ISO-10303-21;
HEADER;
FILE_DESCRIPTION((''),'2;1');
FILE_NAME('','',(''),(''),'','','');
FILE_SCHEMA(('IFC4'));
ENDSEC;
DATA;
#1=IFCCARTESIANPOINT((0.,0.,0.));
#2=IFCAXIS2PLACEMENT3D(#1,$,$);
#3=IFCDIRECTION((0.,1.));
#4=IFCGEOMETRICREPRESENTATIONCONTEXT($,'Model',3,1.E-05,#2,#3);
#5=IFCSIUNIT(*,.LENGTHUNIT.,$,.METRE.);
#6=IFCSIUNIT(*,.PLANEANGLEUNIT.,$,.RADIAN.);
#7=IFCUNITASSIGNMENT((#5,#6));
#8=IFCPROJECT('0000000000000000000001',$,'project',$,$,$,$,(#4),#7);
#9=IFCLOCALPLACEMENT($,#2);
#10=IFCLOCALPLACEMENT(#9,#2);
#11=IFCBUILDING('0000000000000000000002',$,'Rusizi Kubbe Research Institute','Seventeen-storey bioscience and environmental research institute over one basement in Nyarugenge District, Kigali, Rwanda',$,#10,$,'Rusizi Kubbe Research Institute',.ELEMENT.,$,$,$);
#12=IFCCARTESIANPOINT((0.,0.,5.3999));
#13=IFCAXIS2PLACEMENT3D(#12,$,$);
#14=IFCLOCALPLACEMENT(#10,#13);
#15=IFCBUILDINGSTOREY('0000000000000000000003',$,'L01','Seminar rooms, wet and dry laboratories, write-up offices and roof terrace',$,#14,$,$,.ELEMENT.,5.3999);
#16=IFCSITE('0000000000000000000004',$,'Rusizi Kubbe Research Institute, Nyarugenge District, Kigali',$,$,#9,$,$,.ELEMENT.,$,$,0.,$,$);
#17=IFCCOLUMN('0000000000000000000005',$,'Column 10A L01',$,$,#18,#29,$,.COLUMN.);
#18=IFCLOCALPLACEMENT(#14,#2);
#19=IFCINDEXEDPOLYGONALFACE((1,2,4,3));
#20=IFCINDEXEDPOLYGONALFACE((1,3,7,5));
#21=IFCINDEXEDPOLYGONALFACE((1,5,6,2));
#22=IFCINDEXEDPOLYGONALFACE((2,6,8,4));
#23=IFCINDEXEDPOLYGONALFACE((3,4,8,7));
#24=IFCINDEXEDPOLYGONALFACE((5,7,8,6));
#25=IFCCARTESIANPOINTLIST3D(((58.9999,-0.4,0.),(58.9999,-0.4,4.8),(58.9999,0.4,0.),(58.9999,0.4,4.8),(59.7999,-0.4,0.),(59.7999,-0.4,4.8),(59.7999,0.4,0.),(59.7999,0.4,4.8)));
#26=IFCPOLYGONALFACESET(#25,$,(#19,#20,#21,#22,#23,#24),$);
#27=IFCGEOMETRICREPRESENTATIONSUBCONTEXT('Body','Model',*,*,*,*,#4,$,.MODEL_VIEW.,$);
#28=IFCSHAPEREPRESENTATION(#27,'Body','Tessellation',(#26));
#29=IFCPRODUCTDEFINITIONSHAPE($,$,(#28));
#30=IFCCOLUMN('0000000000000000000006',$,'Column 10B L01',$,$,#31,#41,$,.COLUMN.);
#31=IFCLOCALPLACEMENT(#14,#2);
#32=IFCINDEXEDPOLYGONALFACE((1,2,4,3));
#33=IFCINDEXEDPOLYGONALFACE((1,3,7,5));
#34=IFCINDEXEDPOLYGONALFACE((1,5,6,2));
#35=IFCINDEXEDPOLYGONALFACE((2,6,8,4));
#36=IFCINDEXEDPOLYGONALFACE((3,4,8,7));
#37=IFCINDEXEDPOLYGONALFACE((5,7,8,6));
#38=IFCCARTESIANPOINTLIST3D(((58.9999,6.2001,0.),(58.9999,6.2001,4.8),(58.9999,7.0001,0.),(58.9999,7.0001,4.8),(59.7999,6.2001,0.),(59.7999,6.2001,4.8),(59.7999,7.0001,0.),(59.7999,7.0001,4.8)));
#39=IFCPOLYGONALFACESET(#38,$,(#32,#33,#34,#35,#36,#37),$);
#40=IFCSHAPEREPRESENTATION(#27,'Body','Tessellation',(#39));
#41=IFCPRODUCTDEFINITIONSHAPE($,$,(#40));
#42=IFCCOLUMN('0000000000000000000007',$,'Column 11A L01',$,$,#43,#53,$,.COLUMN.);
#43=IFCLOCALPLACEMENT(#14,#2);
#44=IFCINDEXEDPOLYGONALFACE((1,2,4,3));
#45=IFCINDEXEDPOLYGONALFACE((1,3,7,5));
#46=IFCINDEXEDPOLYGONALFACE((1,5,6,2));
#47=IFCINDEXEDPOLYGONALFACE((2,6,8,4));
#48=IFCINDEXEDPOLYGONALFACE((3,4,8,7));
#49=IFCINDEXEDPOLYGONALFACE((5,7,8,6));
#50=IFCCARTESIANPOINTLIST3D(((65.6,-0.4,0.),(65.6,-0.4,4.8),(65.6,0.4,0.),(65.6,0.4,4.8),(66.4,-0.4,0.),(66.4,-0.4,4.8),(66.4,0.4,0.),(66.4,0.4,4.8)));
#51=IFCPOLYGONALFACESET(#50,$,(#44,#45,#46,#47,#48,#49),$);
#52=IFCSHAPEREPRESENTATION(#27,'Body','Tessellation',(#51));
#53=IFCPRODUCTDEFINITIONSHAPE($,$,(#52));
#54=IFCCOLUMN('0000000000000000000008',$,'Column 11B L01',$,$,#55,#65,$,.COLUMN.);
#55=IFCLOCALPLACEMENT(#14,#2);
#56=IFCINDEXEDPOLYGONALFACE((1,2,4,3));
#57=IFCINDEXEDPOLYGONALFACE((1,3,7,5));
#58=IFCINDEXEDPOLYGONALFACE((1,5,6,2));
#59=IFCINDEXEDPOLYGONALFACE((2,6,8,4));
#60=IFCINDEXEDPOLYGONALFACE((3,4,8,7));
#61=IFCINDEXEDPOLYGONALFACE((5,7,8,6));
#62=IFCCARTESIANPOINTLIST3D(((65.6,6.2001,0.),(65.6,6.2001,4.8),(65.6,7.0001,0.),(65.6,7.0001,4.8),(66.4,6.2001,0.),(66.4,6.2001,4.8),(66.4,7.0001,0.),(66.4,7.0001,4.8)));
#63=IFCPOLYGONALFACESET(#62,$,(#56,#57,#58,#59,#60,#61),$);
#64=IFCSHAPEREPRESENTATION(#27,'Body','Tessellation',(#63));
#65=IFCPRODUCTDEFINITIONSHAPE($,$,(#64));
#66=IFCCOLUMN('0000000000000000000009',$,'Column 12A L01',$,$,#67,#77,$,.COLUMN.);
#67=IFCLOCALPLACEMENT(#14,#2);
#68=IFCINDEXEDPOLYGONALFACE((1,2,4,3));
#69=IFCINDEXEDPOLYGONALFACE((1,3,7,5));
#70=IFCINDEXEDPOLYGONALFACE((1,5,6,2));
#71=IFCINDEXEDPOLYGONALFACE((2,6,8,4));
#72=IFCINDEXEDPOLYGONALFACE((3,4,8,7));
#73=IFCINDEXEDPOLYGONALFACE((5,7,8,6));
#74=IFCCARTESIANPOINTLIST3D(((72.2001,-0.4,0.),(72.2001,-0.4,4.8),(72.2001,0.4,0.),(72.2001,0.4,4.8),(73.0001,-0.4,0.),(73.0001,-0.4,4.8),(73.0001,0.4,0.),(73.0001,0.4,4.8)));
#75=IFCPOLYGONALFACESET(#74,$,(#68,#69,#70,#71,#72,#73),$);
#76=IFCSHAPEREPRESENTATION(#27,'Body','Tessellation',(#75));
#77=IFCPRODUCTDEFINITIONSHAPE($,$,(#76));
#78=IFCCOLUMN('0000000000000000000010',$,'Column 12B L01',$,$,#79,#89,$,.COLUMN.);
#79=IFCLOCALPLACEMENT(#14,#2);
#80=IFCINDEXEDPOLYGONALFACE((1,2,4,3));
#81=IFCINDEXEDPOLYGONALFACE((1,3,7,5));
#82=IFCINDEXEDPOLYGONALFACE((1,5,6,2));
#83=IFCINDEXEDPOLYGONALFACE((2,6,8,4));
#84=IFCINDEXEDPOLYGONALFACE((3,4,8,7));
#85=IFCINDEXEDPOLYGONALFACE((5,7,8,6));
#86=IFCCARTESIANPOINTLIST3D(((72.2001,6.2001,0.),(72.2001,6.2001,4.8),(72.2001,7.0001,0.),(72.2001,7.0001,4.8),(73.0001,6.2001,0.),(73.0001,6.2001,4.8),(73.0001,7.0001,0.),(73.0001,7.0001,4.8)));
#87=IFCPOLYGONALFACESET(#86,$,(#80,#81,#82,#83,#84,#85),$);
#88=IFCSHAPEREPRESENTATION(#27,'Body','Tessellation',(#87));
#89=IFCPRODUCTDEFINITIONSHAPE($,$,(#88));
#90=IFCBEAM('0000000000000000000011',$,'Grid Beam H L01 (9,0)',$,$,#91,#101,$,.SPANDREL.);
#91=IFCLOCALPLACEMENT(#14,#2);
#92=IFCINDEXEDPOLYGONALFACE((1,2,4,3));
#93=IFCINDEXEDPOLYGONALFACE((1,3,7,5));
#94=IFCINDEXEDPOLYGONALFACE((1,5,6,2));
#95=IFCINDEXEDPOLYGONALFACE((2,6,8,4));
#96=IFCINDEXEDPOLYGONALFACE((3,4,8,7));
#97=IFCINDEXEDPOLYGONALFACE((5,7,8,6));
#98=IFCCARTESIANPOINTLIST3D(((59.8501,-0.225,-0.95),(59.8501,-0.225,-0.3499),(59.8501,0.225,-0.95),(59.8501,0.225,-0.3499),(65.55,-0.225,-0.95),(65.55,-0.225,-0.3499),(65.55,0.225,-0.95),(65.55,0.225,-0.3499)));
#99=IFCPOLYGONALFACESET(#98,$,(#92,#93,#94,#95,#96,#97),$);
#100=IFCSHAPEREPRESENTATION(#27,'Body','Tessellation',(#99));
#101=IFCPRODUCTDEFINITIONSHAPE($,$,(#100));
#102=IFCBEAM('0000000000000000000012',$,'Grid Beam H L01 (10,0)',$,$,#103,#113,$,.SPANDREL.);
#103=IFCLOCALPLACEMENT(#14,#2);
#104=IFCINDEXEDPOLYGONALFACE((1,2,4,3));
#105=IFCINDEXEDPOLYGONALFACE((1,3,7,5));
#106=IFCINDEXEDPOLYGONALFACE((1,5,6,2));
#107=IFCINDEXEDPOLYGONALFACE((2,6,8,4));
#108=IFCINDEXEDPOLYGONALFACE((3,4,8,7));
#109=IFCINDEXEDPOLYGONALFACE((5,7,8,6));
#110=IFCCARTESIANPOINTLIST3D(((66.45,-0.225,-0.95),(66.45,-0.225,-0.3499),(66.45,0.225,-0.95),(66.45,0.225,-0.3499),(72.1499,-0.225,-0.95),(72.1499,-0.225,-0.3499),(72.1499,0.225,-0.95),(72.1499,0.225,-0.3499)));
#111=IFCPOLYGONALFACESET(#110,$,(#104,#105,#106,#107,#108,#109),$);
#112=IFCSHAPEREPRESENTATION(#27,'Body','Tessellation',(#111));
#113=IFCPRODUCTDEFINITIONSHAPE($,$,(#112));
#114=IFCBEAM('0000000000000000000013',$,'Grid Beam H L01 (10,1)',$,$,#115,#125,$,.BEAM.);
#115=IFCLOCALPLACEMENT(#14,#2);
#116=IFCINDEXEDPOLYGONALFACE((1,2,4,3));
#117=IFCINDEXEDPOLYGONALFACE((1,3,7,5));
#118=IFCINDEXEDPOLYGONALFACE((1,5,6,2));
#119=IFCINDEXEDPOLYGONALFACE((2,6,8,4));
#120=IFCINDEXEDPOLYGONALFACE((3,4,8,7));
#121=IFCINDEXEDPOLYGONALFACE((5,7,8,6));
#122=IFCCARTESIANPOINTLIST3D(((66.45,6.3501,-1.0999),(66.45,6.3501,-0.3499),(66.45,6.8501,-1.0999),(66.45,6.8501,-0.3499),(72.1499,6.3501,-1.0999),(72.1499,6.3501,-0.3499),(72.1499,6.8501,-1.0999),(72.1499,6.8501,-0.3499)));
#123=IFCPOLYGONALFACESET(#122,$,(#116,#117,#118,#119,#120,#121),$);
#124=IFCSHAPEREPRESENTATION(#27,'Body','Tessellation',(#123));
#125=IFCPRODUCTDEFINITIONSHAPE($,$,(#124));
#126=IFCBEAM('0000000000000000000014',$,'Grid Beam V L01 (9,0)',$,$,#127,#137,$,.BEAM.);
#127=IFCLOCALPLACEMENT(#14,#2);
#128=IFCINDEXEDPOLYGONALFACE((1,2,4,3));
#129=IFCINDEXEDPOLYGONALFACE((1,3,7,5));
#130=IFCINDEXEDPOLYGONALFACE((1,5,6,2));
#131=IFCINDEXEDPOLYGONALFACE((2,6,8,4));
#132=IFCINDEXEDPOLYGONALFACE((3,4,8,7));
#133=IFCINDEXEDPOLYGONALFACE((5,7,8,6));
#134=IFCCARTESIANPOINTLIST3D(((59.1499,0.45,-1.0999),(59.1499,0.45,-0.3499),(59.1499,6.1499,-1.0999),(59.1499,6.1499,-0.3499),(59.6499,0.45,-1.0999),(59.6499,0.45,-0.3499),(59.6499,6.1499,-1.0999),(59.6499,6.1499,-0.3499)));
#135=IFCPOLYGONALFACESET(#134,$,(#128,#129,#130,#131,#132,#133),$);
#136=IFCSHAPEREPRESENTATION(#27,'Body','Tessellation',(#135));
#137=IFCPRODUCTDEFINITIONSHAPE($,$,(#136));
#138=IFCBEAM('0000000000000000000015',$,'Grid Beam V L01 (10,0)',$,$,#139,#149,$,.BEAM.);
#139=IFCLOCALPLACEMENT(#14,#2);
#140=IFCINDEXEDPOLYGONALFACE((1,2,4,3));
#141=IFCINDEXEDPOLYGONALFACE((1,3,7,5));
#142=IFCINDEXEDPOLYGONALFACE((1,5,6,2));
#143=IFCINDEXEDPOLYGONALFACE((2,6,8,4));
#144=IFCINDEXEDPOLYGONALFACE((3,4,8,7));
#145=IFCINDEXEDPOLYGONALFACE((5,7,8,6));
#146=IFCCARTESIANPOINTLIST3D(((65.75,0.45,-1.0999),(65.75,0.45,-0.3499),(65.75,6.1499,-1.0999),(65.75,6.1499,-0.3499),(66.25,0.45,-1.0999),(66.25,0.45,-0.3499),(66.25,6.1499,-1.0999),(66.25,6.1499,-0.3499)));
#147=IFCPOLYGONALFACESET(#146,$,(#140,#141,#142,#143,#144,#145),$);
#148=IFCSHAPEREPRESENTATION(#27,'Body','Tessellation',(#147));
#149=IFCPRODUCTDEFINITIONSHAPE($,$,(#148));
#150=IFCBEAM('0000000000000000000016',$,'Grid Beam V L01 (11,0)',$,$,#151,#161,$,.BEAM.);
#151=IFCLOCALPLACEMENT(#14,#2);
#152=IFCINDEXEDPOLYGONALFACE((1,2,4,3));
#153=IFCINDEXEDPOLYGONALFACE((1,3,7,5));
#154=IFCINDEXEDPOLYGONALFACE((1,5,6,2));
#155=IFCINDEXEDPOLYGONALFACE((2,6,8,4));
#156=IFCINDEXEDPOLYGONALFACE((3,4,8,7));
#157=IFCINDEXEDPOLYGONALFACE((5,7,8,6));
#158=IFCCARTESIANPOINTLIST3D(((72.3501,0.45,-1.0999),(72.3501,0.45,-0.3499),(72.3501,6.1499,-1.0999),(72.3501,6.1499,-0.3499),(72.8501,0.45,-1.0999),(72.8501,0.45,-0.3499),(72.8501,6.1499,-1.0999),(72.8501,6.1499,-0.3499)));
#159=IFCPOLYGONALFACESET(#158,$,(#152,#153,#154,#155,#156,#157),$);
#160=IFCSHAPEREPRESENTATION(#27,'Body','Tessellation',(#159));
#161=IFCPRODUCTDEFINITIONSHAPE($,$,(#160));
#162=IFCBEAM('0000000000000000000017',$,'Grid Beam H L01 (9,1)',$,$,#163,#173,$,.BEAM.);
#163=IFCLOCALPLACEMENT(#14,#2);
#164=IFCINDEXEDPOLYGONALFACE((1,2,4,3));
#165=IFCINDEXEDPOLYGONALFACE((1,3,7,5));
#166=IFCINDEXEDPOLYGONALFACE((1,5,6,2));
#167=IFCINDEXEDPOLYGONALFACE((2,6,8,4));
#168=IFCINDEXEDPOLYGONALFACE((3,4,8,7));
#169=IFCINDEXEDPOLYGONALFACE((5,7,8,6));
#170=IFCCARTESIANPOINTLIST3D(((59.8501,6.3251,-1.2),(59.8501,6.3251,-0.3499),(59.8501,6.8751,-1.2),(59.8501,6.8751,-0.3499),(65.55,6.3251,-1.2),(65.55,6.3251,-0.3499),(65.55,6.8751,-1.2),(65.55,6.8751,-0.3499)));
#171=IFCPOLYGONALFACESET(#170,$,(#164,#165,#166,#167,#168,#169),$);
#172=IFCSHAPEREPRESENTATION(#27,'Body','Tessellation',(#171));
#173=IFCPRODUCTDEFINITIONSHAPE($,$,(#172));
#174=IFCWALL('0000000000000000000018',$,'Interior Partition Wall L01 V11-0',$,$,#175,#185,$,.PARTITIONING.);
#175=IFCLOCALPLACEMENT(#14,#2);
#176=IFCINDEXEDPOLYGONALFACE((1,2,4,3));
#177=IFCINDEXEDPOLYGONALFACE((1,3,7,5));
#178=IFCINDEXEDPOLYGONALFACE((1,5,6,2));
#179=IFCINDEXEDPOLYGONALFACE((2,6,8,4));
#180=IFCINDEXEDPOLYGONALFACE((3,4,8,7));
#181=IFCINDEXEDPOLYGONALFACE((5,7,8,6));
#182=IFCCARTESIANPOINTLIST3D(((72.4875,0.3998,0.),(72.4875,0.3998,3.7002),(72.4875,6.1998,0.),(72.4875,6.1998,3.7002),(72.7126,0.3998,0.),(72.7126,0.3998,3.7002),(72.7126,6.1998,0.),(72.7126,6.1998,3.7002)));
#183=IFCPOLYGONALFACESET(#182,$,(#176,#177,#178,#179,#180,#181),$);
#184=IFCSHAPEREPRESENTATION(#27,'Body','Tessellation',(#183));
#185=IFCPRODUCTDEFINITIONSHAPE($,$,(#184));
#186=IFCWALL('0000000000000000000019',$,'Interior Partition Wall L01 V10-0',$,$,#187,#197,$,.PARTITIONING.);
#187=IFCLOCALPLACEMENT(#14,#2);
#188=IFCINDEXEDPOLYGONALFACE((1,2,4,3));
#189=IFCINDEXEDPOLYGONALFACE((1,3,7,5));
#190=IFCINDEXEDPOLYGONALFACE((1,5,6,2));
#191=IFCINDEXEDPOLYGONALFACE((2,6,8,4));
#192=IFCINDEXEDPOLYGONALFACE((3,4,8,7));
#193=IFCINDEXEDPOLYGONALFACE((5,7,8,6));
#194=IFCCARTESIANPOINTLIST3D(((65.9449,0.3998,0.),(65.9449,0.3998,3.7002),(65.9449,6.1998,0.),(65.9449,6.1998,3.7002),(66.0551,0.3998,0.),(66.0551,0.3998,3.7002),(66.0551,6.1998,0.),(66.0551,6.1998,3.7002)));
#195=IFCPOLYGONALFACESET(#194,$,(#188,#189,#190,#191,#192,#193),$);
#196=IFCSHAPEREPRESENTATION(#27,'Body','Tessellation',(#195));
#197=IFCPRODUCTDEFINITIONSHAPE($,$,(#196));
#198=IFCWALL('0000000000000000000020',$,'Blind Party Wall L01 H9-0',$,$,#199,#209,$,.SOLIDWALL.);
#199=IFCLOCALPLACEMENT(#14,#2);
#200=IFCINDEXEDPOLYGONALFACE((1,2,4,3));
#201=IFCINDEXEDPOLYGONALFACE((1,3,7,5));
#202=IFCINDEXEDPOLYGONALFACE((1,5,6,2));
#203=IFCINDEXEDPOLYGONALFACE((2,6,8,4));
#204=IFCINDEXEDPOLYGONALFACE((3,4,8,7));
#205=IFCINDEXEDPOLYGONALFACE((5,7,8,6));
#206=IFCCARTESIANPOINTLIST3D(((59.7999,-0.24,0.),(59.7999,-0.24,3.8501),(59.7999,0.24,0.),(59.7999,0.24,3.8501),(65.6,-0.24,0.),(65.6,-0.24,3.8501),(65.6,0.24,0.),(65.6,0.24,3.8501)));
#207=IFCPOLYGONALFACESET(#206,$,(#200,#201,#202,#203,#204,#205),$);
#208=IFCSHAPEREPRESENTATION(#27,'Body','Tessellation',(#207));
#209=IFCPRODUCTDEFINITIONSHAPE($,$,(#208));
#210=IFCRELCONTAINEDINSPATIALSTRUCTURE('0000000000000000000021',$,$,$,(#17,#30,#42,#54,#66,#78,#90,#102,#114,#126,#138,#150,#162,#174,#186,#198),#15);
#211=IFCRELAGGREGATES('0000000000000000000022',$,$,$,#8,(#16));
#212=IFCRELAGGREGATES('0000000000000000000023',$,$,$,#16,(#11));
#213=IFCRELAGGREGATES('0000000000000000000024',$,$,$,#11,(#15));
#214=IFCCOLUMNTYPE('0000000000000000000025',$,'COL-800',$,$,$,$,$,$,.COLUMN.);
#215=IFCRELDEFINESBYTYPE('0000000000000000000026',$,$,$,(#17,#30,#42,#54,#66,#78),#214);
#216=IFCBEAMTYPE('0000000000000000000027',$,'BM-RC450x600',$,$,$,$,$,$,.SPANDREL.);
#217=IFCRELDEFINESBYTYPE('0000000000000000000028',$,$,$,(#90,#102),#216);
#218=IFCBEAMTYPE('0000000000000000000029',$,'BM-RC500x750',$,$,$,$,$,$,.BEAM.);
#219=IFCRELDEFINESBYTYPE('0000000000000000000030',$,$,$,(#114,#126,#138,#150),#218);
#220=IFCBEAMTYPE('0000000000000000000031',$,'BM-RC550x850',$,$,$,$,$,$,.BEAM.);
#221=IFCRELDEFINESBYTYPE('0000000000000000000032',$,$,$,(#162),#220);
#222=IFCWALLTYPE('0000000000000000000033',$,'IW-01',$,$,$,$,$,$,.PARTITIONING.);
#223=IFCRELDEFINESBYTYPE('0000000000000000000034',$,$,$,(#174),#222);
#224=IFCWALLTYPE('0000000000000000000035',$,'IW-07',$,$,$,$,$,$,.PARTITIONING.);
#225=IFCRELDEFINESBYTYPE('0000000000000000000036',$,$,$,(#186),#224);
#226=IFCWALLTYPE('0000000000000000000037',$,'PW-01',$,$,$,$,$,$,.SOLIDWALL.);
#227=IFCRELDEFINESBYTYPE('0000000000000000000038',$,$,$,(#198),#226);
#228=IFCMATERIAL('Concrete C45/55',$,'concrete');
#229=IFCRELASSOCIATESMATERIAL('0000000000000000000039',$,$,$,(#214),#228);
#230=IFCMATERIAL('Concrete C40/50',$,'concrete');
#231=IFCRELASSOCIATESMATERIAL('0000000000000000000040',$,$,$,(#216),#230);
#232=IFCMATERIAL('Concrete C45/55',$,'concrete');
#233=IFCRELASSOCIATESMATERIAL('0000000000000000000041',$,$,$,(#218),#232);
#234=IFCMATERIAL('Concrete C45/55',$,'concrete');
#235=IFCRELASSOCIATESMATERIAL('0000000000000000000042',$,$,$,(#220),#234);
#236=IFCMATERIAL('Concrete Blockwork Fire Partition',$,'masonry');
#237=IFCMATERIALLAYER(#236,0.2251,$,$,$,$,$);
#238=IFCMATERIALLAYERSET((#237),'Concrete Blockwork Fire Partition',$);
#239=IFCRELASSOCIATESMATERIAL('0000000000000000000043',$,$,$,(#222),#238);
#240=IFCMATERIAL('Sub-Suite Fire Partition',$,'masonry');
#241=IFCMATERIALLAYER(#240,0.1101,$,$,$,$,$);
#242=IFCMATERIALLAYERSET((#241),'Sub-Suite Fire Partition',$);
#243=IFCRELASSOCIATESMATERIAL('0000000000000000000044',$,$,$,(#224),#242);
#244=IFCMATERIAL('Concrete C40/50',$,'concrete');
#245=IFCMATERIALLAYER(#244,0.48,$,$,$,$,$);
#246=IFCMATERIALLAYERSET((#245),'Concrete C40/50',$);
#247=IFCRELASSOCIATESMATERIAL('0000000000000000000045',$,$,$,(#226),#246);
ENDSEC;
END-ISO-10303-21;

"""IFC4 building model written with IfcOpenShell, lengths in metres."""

from ifc_helpers import new_model, si_unit, direction, frame, frame_2d, origin, origin_2d, place, context, subcontext, project, spatial, rectangle, extrude, material, layer, layer_set, material_profile, profile_set, type_object, element, save


model = new_model("IFC4")

# Units and contexts
model_context = context("Model", 3, precision=1e-05, world=origin(), true_north=direction((0.0, 1.0)))
body_context = subcontext(model_context, "Body", "Model", "MODEL_VIEW")
ifc_project = project(units=[si_unit("LENGTHUNIT", "METRE"), si_unit("PLANEANGLEUNIT", "RADIAN")], contexts=[model_context])

# Site, building, storey
site_placement = place(None, origin())
site = spatial("IfcSite", under=ifc_project, at=site_placement, Name="Rusizi Kubbe Research Institute, Nyarugenge District, Kigali", CompositionType="ELEMENT", RefElevation=0.0)
building_placement = place(site_placement, origin())
building = spatial("IfcBuilding", under=site, at=building_placement, Name="Rusizi Kubbe Research Institute", Description="Seventeen-storey bioscience and environmental research institute over one basement in Nyarugenge District, Kigali, Rwanda", LongName="Rusizi Kubbe Research Institute", CompositionType="ELEMENT")
storey_placement = place(building_placement, frame((0.0, 0.0, 5.3999)))
storey = spatial("IfcBuildingStorey", under=building, at=storey_placement, Name="L01", Description="Seminar rooms, wet and dry laboratories, write-up offices and roof terrace", CompositionType="ELEMENT", Elevation=5.3999)

# Columns
ifc_material_1 = material(Name="Concrete C45/55", Category="concrete")
ifc_material_profile_1 = material_profile(ifc_material_1, rectangle(XDim=0.8, YDim=0.8, at=origin_2d()), Name="RC800x800")
ifc_profile_set_1 = profile_set([ifc_material_profile_1], Name="Concrete C45/55")
column_type = type_object("IfcColumnType", Name="COL-800", PredefinedType="COLUMN", material=ifc_profile_set_1)
for number, where, z_axis, x_axis, name in (
    (1, (59.3999, 0.0, 0.0), (0.0, 0.0, 1.0), (1.0, 0.0, 0.0), "Column 10A L01"),
    (2, (59.3999, 6.6001, 0.0), (0.0, 0.0, 1.0), (1.0, 0.0, 0.0), "Column 10B L01"),
    (3, (66.0, 0.0, 0.0), (0.0, 0.0, 1.0), (1.0, 0.0, 0.0), "Column 11A L01"),
    (4, (66.0, 6.6001, 0.0), (0.0, 0.0, 1.0), (1.0, 0.0, 0.0), "Column 11B L01"),
    (5, (72.6001, 0.0, 0.0), (0.0, 0.0, 1.0), (1.0, 0.0, 0.0), "Column 12A L01"),
    (6, (72.6001, 6.6001, 0.0), (0.0, 0.0, 1.0), (1.0, 0.0, 0.0), "Column 12B L01"),
):
    element("IfcColumn", number, at=place(storey_placement, frame(where, z_axis=z_axis, x_axis=x_axis)), inside=storey, type_object=column_type, Name=name, PredefinedType="COLUMN", context=body_context, shape_type="SweptSolid", body=[
        extrude(rectangle(XDim=0.8, YDim=0.8, at=origin_2d()), origin(), (0.0, 0.0, 1.0), 4.8),
    ])

# Beams
ifc_material_2 = material(Name="Concrete C40/50", Category="concrete")
ifc_material_profile_2 = material_profile(ifc_material_2, rectangle(XDim=0.45, YDim=0.6001, at=origin_2d()), Name="RC450x600")
ifc_profile_set_2 = profile_set([ifc_material_profile_2], Name="Concrete C40/50")
beam_type_1 = type_object("IfcBeamType", Name="BM-RC450x600", PredefinedType="SPANDREL", material=ifc_profile_set_2)
for number, where, z_axis, x_axis, name in (
    (7, (59.8501, 0.0, -0.6499), (1.0, 0.0, 0.0), (0.0, 1.0, 0.0), "Grid Beam H L01 (9,0)"),
    (8, (66.45, 0.0, -0.6499), (1.0, 0.0, 0.0), (0.0, 1.0, 0.0), "Grid Beam H L01 (10,0)"),
):
    element("IfcBeam", number, at=place(storey_placement, frame(where, z_axis=z_axis, x_axis=x_axis)), inside=storey, type_object=beam_type_1, Name=name, PredefinedType="SPANDREL", context=body_context, shape_type="SweptSolid", body=[
        extrude(rectangle(XDim=0.45, YDim=0.6001, at=origin_2d()), origin(), (0.0, 0.0, 1.0), 5.7),
    ])
ifc_material_3 = material(Name="Concrete C45/55", Category="concrete")
ifc_material_profile_3 = material_profile(ifc_material_3, rectangle(XDim=0.5, YDim=0.75, at=origin_2d()), Name="RC500x750B")
ifc_profile_set_3 = profile_set([ifc_material_profile_3], Name="Concrete C45/55")
beam_type_2 = type_object("IfcBeamType", Name="BM-RC500x750", PredefinedType="BEAM", material=ifc_profile_set_3)
for number, where, z_axis, x_axis, name in (
    (9, (66.45, 6.6001, -0.7249), (1.0, 0.0, 0.0), (0.0, 1.0, 0.0), "Grid Beam H L01 (10,1)"),
    (10, (59.3999, 0.45, -0.7249), (0.0, 1.0, 0.0), (-1.0, 0.0, 0.0), "Grid Beam V L01 (9,0)"),
    (11, (66.0, 0.45, -0.7249), (0.0, 1.0, 0.0), (-1.0, 0.0, 0.0), "Grid Beam V L01 (10,0)"),
    (12, (72.6001, 0.45, -0.7249), (0.0, 1.0, 0.0), (-1.0, 0.0, 0.0), "Grid Beam V L01 (11,0)"),
):
    element("IfcBeam", number, at=place(storey_placement, frame(where, z_axis=z_axis, x_axis=x_axis)), inside=storey, type_object=beam_type_2, Name=name, PredefinedType="BEAM", context=body_context, shape_type="SweptSolid", body=[
        extrude(rectangle(XDim=0.5, YDim=0.75, at=origin_2d()), origin(), (0.0, 0.0, 1.0), 5.7),
    ])
ifc_material_4 = material(Name="Concrete C45/55", Category="concrete")
ifc_material_profile_4 = material_profile(ifc_material_4, rectangle(XDim=0.55, YDim=0.8501, at=origin_2d()), Name="RC550x850")
ifc_profile_set_4 = profile_set([ifc_material_profile_4], Name="Concrete C45/55")
beam_type_3 = type_object("IfcBeamType", Name="BM-RC550x850", PredefinedType="BEAM", material=ifc_profile_set_4)
beam_placement = place(storey_placement, frame((59.8501, 6.6001, -0.7749), z_axis=(1.0, 0.0, 0.0), x_axis=(0.0, 1.0, 0.0)))
element("IfcBeam", 13, at=beam_placement, inside=storey, type_object=beam_type_3, Name="Grid Beam H L01 (9,1)", PredefinedType="BEAM", context=body_context, shape_type="SweptSolid", body=[
    extrude(rectangle(XDim=0.55, YDim=0.8501, at=origin_2d()), origin(), (0.0, 0.0, 1.0), 5.7),
])

# Walls
ifc_material_5 = material(Name="Concrete Blockwork Fire Partition", Category="masonry")
ifc_layer_1 = layer(ifc_material_5, 0.2251)
ifc_layer_set_1 = layer_set([ifc_layer_1], Name="Concrete Blockwork Fire Partition")
wall_type_1 = type_object("IfcWallType", Name="IW-01", PredefinedType="PARTITIONING", material=ifc_layer_set_1)
wall_1_placement = place(storey_placement, frame((72.6001, 0.3999, 0.0), z_axis=(0.0, 0.0, 1.0), x_axis=(0.0, 1.0, 0.0)))
element("IfcWall", 14, at=wall_1_placement, inside=storey, type_object=wall_type_1, Name="Interior Partition Wall L01 V11-0", PredefinedType="PARTITIONING", context=body_context, shape_type="SweptSolid", body=[
    extrude(rectangle(XDim=5.8, YDim=0.2251, at=frame_2d((2.8999, 0.0))), origin(), (0.0, 0.0, 1.0), 3.7002),
])
ifc_material_6 = material(Name="Sub-Suite Fire Partition", Category="masonry")
ifc_layer_2 = layer(ifc_material_6, 0.1101)
ifc_layer_set_2 = layer_set([ifc_layer_2], Name="Sub-Suite Fire Partition")
wall_type_2 = type_object("IfcWallType", Name="IW-07", PredefinedType="PARTITIONING", material=ifc_layer_set_2)
wall_2_placement = place(storey_placement, frame((66.0, 0.3999, 0.0), z_axis=(0.0, 0.0, 1.0), x_axis=(0.0, 1.0, 0.0)))
element("IfcWall", 15, at=wall_2_placement, inside=storey, type_object=wall_type_2, Name="Interior Partition Wall L01 V10-0", PredefinedType="PARTITIONING", context=body_context, shape_type="SweptSolid", body=[
    extrude(rectangle(XDim=5.8, YDim=0.1101, at=frame_2d((2.8999, 0.0))), origin(), (0.0, 0.0, 1.0), 3.7002),
])
ifc_material_7 = material(Name="Concrete C40/50", Category="concrete")
ifc_layer_3 = layer(ifc_material_7, 0.48)
ifc_layer_set_3 = layer_set([ifc_layer_3], Name="Concrete C40/50")
wall_type_3 = type_object("IfcWallType", Name="PW-01", PredefinedType="SOLIDWALL", material=ifc_layer_set_3)
for number, where, z_axis, x_axis, name in (
    (16, (59.8, 0.0, 0.0), (0.0, 0.0, 1.0), (1.0, 0.0, 0.0), "Blind Party Wall L01 H9-0"),
):
    element("IfcWall", number, at=place(storey_placement, frame(where, z_axis=z_axis, x_axis=x_axis)), inside=storey, type_object=wall_type_3, Name=name, PredefinedType="SOLIDWALL", context=body_context, shape_type="SweptSolid", body=[
        extrude(rectangle(XDim=5.8, YDim=0.48, at=frame_2d((2.8999, 0.0))), origin(), (0.0, 0.0, 1.0), 3.8501),
    ])

save(model, "model.ifc")
